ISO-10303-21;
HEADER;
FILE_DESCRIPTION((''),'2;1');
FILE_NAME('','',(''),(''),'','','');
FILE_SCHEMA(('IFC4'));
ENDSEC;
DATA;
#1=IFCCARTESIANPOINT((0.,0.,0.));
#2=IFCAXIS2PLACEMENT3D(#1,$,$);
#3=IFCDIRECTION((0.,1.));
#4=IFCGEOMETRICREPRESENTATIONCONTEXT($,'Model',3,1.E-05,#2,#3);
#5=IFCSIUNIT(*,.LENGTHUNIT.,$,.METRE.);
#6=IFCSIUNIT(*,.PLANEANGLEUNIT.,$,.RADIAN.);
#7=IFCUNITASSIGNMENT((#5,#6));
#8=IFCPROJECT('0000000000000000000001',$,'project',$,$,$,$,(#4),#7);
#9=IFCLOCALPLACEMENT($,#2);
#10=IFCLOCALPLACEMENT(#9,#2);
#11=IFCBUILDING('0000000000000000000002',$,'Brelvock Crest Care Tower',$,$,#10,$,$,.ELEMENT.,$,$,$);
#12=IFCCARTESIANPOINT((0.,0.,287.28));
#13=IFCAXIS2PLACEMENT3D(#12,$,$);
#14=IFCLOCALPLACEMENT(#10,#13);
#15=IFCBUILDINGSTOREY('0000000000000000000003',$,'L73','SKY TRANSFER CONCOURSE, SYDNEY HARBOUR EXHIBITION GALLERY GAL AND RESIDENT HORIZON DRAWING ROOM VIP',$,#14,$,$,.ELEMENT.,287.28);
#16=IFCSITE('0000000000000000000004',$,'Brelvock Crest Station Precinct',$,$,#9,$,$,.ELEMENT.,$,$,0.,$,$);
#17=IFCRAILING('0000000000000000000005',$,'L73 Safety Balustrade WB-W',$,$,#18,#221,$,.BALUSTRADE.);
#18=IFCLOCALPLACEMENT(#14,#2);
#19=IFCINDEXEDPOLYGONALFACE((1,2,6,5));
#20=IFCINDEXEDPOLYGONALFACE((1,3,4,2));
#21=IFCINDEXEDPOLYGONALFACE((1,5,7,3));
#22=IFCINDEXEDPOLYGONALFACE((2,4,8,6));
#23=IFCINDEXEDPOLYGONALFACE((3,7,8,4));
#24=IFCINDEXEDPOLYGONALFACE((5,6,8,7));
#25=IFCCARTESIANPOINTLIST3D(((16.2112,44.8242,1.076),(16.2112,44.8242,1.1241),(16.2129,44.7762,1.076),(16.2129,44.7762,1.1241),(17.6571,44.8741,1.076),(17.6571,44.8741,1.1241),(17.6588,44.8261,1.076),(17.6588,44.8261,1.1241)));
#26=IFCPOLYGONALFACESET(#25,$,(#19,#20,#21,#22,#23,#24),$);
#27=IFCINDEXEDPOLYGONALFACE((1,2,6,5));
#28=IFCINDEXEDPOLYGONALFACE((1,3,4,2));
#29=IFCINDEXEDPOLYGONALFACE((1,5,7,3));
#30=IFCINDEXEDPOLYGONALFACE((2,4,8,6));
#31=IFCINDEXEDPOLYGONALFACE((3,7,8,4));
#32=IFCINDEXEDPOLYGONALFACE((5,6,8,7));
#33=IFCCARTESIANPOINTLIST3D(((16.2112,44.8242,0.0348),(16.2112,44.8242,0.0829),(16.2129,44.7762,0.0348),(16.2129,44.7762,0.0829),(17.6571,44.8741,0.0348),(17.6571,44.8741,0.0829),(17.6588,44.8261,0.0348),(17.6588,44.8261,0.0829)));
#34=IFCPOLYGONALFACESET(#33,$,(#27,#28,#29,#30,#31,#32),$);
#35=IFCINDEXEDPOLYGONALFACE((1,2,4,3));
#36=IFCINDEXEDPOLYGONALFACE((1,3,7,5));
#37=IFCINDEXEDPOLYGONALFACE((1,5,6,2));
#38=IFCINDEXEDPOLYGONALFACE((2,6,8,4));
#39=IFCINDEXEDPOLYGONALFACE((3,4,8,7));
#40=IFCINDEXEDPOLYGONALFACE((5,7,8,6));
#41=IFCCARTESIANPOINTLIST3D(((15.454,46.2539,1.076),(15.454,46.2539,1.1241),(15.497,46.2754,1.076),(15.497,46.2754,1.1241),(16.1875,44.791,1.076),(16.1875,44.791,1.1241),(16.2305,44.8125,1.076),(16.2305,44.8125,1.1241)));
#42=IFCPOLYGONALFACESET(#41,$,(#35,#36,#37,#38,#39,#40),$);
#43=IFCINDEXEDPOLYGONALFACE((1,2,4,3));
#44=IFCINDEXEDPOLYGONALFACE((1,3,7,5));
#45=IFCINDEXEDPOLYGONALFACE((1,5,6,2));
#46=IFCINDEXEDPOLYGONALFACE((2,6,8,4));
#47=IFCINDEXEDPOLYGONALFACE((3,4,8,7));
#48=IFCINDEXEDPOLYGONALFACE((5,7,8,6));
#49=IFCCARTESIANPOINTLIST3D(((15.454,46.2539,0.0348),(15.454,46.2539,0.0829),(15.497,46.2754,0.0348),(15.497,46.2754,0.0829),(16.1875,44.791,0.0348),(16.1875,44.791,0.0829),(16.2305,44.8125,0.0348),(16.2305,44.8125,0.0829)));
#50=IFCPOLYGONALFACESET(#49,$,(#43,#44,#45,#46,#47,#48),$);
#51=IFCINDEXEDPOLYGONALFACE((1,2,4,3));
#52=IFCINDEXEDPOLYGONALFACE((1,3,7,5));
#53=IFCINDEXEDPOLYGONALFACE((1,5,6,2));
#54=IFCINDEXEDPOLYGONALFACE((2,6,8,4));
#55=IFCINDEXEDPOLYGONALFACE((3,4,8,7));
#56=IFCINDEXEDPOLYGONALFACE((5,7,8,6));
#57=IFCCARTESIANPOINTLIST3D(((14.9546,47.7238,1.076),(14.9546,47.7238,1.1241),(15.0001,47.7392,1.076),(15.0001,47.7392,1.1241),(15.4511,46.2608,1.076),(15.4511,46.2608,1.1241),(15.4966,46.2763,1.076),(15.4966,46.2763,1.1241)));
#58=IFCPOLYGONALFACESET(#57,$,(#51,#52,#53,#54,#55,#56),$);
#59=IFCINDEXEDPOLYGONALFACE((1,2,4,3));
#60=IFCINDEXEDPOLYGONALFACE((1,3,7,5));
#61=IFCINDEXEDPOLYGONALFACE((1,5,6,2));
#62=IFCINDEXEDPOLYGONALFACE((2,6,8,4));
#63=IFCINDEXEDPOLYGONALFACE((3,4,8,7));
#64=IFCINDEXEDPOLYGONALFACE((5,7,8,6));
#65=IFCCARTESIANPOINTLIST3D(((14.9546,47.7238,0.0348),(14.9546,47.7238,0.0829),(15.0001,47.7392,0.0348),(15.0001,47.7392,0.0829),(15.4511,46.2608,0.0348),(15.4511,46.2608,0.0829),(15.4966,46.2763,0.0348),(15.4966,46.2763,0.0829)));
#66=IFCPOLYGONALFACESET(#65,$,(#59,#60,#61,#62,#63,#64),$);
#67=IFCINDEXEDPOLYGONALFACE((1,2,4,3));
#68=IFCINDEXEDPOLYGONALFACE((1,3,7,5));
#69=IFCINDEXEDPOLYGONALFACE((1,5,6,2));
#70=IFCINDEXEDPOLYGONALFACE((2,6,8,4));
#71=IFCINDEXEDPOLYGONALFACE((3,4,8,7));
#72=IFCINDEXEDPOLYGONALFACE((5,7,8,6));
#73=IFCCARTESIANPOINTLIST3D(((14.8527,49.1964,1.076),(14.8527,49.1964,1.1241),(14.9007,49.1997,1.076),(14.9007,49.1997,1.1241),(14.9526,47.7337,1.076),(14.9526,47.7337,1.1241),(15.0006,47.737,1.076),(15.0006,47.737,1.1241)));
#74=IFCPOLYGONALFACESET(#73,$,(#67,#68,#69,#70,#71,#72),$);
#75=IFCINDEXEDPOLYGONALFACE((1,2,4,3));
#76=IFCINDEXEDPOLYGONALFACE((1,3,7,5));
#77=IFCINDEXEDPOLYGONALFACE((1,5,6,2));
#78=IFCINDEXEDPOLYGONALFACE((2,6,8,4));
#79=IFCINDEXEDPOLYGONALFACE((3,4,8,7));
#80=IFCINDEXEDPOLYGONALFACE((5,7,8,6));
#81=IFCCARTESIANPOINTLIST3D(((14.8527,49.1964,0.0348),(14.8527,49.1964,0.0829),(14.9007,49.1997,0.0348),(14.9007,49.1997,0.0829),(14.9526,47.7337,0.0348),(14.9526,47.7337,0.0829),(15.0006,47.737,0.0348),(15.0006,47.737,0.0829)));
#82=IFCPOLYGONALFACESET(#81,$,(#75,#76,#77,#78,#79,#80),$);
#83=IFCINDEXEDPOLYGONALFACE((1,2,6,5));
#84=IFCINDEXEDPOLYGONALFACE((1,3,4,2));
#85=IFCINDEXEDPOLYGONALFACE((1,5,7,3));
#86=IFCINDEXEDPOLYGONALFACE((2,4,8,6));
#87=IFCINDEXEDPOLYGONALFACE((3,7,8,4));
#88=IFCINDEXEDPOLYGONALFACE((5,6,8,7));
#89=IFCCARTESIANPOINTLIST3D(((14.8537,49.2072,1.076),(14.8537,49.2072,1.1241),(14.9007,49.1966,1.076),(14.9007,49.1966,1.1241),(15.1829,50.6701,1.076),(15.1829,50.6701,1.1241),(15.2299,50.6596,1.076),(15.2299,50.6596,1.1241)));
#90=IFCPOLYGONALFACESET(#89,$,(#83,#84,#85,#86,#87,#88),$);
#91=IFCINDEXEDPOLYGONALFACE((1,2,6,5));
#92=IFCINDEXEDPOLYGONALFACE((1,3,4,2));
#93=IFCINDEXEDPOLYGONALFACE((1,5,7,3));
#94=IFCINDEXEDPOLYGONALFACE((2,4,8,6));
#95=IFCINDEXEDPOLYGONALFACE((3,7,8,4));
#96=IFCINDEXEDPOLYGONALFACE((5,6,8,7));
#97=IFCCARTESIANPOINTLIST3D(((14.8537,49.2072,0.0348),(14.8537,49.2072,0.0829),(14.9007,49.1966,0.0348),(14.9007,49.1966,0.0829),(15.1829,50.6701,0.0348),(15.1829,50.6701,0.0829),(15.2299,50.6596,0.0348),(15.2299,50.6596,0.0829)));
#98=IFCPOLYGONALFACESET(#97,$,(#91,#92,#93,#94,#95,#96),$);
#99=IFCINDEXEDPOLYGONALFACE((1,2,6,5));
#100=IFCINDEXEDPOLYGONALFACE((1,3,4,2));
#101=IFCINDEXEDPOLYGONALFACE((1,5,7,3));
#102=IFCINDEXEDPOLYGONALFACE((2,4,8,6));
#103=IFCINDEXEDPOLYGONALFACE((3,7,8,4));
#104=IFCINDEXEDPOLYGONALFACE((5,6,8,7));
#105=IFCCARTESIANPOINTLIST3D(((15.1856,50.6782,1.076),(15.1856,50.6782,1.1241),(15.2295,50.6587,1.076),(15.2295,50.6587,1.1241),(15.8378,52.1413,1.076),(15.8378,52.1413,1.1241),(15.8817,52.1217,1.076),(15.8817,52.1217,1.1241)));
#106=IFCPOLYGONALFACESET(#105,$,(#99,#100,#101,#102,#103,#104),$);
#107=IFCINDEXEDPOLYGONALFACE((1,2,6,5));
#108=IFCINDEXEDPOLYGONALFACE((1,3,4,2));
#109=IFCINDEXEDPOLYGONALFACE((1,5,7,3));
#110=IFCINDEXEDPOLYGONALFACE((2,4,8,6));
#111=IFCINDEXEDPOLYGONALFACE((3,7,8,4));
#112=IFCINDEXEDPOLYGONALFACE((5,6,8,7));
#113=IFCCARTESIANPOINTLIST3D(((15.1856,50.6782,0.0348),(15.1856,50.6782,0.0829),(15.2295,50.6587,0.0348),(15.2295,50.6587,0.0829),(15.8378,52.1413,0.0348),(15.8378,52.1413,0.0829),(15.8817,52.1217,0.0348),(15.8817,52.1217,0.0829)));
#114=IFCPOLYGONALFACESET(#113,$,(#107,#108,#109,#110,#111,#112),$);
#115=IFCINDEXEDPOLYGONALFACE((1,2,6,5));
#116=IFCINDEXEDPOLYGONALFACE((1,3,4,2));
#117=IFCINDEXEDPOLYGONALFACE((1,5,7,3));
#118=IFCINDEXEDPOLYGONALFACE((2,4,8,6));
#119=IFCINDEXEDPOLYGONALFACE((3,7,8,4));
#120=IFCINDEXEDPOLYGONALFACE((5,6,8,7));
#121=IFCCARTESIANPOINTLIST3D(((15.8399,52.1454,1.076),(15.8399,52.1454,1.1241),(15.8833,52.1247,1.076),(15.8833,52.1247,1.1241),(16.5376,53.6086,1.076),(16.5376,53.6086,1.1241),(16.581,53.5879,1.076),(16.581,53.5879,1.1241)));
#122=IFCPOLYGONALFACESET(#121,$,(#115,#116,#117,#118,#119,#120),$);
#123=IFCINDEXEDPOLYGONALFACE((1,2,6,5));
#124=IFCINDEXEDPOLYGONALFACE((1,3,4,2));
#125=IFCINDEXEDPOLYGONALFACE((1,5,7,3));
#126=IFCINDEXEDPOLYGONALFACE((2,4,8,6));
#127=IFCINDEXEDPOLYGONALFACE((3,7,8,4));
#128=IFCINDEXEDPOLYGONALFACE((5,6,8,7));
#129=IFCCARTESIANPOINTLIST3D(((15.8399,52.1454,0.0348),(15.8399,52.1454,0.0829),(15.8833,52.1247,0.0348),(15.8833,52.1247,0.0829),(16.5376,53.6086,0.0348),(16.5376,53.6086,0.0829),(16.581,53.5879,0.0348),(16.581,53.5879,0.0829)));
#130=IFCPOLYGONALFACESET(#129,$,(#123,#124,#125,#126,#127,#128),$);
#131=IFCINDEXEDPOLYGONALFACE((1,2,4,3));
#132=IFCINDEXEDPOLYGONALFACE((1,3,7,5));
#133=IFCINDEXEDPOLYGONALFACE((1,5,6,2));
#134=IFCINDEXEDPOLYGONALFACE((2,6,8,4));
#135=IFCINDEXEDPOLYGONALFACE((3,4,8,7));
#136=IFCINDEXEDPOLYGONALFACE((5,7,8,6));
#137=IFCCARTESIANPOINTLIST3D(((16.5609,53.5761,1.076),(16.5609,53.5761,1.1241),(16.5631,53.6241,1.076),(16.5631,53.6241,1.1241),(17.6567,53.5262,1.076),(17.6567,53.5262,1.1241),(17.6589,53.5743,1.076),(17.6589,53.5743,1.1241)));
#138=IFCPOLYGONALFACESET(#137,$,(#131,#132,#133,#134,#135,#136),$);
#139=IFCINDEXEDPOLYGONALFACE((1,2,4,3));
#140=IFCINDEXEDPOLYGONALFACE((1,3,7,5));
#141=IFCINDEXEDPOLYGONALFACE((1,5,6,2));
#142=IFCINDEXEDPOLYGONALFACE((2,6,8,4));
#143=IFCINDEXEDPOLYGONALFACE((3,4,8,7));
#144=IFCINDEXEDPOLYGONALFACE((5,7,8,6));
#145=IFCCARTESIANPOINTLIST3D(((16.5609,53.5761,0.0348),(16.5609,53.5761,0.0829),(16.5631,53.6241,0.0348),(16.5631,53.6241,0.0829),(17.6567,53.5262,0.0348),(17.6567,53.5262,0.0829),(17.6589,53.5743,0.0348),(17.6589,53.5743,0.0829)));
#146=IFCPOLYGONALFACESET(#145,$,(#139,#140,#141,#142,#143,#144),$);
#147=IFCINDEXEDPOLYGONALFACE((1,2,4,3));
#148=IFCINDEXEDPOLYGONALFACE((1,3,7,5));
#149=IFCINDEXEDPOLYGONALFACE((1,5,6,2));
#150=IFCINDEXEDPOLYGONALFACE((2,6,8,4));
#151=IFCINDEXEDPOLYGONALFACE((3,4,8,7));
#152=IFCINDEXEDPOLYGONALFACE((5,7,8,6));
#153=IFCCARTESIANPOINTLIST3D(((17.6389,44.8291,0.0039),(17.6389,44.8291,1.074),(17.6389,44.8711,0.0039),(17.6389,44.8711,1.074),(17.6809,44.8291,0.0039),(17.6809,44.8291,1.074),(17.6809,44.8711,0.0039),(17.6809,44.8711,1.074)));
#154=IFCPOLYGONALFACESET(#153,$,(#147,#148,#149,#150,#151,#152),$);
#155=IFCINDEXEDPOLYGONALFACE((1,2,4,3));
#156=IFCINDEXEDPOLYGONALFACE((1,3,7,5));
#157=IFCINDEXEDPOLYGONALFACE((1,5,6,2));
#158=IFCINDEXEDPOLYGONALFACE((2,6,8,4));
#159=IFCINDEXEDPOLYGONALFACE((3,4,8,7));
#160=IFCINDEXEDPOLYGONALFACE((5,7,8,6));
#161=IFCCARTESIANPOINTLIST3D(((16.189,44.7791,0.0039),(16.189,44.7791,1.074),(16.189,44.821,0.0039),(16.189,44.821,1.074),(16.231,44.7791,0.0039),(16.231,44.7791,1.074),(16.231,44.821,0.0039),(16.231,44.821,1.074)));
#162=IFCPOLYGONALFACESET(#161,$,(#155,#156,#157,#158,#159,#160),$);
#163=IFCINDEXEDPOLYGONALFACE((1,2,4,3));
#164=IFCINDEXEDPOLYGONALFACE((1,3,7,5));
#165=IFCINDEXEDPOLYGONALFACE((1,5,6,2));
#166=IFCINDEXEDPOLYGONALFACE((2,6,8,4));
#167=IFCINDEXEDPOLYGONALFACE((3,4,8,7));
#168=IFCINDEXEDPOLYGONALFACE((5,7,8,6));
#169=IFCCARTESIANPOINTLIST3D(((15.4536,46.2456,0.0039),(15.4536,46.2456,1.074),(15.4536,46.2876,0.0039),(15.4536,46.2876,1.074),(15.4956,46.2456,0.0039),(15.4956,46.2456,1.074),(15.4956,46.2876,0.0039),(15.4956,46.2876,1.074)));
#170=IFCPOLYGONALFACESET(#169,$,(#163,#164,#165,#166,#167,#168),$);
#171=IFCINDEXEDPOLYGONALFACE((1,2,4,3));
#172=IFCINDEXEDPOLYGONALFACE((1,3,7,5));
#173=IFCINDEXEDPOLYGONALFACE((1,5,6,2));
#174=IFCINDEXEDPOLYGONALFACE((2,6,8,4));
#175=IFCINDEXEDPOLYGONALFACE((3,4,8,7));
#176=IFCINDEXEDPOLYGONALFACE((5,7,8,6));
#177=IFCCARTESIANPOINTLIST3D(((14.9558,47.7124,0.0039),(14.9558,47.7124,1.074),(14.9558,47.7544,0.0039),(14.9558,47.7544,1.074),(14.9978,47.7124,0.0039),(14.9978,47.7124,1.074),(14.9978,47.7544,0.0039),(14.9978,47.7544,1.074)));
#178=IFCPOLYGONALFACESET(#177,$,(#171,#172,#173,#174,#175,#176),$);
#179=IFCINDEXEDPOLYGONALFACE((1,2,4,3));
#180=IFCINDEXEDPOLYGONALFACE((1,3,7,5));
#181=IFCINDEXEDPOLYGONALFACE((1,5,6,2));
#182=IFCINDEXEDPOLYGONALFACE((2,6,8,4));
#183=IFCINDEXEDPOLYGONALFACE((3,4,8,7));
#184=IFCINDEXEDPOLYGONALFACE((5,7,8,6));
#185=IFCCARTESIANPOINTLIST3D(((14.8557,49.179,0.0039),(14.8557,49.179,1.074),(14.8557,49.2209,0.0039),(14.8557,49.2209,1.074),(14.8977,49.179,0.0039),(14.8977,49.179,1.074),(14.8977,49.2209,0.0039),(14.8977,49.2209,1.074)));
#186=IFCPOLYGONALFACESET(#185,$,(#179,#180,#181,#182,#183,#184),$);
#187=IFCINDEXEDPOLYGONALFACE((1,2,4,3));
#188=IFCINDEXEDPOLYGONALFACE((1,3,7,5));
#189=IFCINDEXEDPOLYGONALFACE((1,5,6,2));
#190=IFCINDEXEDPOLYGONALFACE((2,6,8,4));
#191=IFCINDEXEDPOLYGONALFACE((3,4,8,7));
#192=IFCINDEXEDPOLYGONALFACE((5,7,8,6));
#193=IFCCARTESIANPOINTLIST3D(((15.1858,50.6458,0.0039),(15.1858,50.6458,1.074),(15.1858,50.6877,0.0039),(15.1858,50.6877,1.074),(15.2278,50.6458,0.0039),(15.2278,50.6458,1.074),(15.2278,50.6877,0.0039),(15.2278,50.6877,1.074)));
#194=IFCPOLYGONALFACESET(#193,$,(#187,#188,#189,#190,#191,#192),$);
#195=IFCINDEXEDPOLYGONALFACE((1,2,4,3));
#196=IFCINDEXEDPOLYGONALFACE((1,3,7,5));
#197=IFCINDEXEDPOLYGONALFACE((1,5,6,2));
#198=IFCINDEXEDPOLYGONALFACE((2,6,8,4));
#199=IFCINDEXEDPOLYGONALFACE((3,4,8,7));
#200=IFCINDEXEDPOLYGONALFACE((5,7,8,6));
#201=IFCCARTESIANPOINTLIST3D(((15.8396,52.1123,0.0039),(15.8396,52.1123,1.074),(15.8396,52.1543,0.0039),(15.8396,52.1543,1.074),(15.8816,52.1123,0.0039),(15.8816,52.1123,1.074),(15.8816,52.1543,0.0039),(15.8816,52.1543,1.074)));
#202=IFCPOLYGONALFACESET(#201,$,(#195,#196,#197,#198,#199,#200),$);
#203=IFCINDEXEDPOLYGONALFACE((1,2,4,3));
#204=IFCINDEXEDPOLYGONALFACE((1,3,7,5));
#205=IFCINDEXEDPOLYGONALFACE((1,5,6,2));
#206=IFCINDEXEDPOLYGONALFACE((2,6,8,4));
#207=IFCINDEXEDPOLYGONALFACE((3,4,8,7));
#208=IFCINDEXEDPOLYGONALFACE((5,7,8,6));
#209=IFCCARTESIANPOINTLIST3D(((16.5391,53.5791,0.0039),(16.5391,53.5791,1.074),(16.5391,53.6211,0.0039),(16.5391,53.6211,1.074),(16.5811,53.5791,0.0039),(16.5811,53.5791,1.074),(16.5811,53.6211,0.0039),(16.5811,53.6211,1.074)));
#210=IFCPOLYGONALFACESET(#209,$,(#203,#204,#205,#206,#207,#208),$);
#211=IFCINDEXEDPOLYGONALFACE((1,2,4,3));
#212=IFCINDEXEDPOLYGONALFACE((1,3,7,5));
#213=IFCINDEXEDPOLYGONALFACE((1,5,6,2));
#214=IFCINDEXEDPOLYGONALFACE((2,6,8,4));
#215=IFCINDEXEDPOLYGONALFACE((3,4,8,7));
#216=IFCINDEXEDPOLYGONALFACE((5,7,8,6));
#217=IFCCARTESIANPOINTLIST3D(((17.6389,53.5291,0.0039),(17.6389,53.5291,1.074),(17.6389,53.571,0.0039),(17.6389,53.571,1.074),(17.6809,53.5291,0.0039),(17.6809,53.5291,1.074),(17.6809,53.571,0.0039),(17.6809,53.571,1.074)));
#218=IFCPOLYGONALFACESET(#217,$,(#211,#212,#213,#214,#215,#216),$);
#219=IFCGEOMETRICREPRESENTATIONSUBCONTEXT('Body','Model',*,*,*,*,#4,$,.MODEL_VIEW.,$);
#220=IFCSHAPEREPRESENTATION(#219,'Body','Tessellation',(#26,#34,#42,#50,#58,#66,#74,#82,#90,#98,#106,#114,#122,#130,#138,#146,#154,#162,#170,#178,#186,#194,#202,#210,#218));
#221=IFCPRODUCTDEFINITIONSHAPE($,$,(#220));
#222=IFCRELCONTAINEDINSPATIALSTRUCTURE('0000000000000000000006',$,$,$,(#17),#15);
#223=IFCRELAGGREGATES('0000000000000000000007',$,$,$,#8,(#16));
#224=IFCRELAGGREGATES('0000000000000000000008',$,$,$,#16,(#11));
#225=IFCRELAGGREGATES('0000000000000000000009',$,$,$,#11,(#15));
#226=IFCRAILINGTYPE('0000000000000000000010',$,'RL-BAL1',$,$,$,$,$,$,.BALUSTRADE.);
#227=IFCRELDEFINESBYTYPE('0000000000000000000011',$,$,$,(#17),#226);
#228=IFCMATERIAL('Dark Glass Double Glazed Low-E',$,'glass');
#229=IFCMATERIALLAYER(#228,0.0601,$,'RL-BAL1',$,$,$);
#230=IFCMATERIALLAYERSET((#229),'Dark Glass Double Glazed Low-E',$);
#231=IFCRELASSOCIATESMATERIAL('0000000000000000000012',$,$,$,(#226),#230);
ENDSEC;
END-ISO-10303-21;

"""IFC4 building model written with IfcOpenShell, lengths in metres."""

from ifc_helpers import new_model, si_unit, direction, frame, origin, origin_2d, place, context, subcontext, project, spatial, rectangle, extrude, material, layer, layer_set, type_object, element, save


model = new_model("IFC4")

# Units and contexts
model_context = context("Model", 3, precision=1e-05, world=origin(), true_north=direction((0.0, 1.0)))
body_context = subcontext(model_context, "Body", "Model", "MODEL_VIEW")
ifc_project = project(units=[si_unit("LENGTHUNIT", "METRE"), si_unit("PLANEANGLEUNIT", "RADIAN")], contexts=[model_context])

# Site, building, storey
site_placement = place(None, origin())
site = spatial("IfcSite", under=ifc_project, at=site_placement, Name="Brelvock Crest Station Precinct", CompositionType="ELEMENT", RefElevation=0.0)
building_placement = place(site_placement, origin())
building = spatial("IfcBuilding", under=site, at=building_placement, Name="Brelvock Crest Care Tower", CompositionType="ELEMENT")
storey_placement = place(building_placement, frame((0.0, 0.0, 287.28)))
storey = spatial("IfcBuildingStorey", under=building, at=storey_placement, Name="L73", Description="SKY TRANSFER CONCOURSE, SYDNEY HARBOUR EXHIBITION GALLERY GAL AND RESIDENT HORIZON DRAWING ROOM VIP", CompositionType="ELEMENT", Elevation=287.28)

# Shared definitions
ifc_material_1 = material(Name="Dark Glass Double Glazed Low-E", Category="glass")

# Railing
ifc_layer_1 = layer(ifc_material_1, 0.0601, Name="RL-BAL1")
ifc_layer_set_1 = layer_set([ifc_layer_1], Name="Dark Glass Double Glazed Low-E")
railing_type = type_object("IfcRailingType", Name="RL-BAL1", PredefinedType="BALUSTRADE", material=ifc_layer_set_1)
railing_placement = place(storey_placement, frame((17.6599, 44.8501, 0.0039)))
element("IfcRailing", 1, at=railing_placement, inside=storey, type_object=railing_type, Name="L73 Safety Balustrade WB-W", PredefinedType="BALUSTRADE", context=body_context, shape_type="SweptSolid", body=[
    extrude(rectangle(XDim=0.0481, YDim=0.0481, at=origin_2d()), frame((-0.002, 0.0, 1.0962), z_axis=(-0.999405, -0.034497, 0.0), x_axis=(0.034497, -0.999405, 0.0)), (0.0, 0.0, 1.0), 1.4468),
    extrude(rectangle(XDim=0.0481, YDim=0.0481, at=origin_2d()), frame((-0.002, 0.0, 0.0549), z_axis=(-0.999405, -0.034497, 0.0), x_axis=(0.034497, -0.999405, 0.0)), (0.0, 0.0, 1.0), 1.4468),
    extrude(rectangle(XDim=0.0481, YDim=0.0481, at=origin_2d()), frame((-1.4509, -0.0483, 1.0962), z_axis=(-0.448225, 0.893921, 0.0), x_axis=(-0.893921, -0.448225, 0.0)), (0.0, 0.0, 1.0), 1.6365),
    extrude(rectangle(XDim=0.0481, YDim=0.0481, at=origin_2d()), frame((-1.4509, -0.0483, 0.0549), z_axis=(-0.448225, 0.893921, 0.0), x_axis=(-0.893921, -0.448225, 0.0)), (0.0, 0.0, 1.0), 1.6365),
    extrude(rectangle(XDim=0.0481, YDim=0.0481, at=origin_2d()), frame((-2.186, 1.4185, 1.0962), z_axis=(-0.321377, 0.946951, 0.0), x_axis=(-0.946951, -0.321377, 0.0)), (0.0, 0.0, 1.0), 1.5449),
    extrude(rectangle(XDim=0.0481, YDim=0.0481, at=origin_2d()), frame((-2.186, 1.4185, 0.0549), z_axis=(-0.321377, 0.946951, 0.0), x_axis=(-0.946951, -0.321377, 0.0)), (0.0, 0.0, 1.0), 1.5449),
    extrude(rectangle(XDim=0.0481, YDim=0.0481, at=origin_2d()), frame((-2.6833, 2.8853, 1.0962), z_axis=(-0.068095, 0.997679, 0.0), x_axis=(-0.997679, -0.068095, 0.0)), (0.0, 0.0, 1.0), 1.4661),
    extrude(rectangle(XDim=0.0481, YDim=0.0481, at=origin_2d()), frame((-2.6833, 2.8853, 0.0549), z_axis=(-0.068095, 0.997679, 0.0), x_axis=(-0.997679, -0.068095, 0.0)), (0.0, 0.0, 1.0), 1.4661),
    extrude(rectangle(XDim=0.0481, YDim=0.0481, at=origin_2d()), frame((-2.7827, 4.3518, 1.0962), z_axis=(0.219543, 0.975603, 0.0), x_axis=(-0.975603, 0.219543, 0.0)), (0.0, 0.0, 1.0), 1.4995),
    extrude(rectangle(XDim=0.0481, YDim=0.0481, at=origin_2d()), frame((-2.7827, 4.3518, 0.0549), z_axis=(0.219543, 0.975603, 0.0), x_axis=(-0.975603, 0.219543, 0.0)), (0.0, 0.0, 1.0), 1.4995),
    extrude(rectangle(XDim=0.0481, YDim=0.0481, at=origin_2d()), frame((-2.4524, 5.8184, 1.0962), z_axis=(0.407182, 0.913347, 0.0), x_axis=(-0.913347, 0.407182, 0.0)), (0.0, 0.0, 1.0), 1.6018),
    extrude(rectangle(XDim=0.0481, YDim=0.0481, at=origin_2d()), frame((-2.4524, 5.8184, 0.0549), z_axis=(0.407182, 0.913347, 0.0), x_axis=(-0.913347, 0.407182, 0.0)), (0.0, 0.0, 1.0), 1.6018),
    extrude(rectangle(XDim=0.0481, YDim=0.0481, at=origin_2d()), frame((-1.7983, 7.2849, 1.0962), z_axis=(0.430429, 0.902624, 0.0), x_axis=(-0.902624, 0.430429, 0.0)), (0.0, 0.0, 1.0), 1.6211),
    extrude(rectangle(XDim=0.0481, YDim=0.0481, at=origin_2d()), frame((-1.7983, 7.2849, 0.0549), z_axis=(0.430429, 0.902624, 0.0), x_axis=(-0.902624, 0.430429, 0.0)), (0.0, 0.0, 1.0), 1.6211),
    extrude(rectangle(XDim=0.0481, YDim=0.0481, at=origin_2d()), frame((-1.0979, 8.75, 1.0962), z_axis=(0.998966, -0.045458, 0.0), x_axis=(0.045458, 0.998966, 0.0)), (0.0, 0.0, 1.0), 1.0969),
    extrude(rectangle(XDim=0.0481, YDim=0.0481, at=origin_2d()), frame((-1.0979, 8.75, 0.0549), z_axis=(0.998966, -0.045458, 0.0), x_axis=(0.045458, 0.998966, 0.0)), (0.0, 0.0, 1.0), 1.0969),
    extrude(rectangle(XDim=0.042, YDim=0.042, at=origin_2d()), origin(), (0.0, 0.0, 1.0), 1.0701),
    extrude(rectangle(XDim=0.042, YDim=0.042, at=origin_2d()), frame((-1.45, -0.05, 0.0)), (0.0, 0.0, 1.0), 1.0701),
    extrude(rectangle(XDim=0.042, YDim=0.042, at=origin_2d()), frame((-2.1853, 1.4165, 0.0)), (0.0, 0.0, 1.0), 1.0701),
    extrude(rectangle(XDim=0.042, YDim=0.042, at=origin_2d()), frame((-2.6831, 2.8833, 0.0)), (0.0, 0.0, 1.0), 1.0701),
    extrude(rectangle(XDim=0.042, YDim=0.042, at=origin_2d()), frame((-2.7832, 4.3499, 0.0)), (0.0, 0.0, 1.0), 1.0701),
    extrude(rectangle(XDim=0.042, YDim=0.042, at=origin_2d()), frame((-2.4531, 5.8167, 0.0)), (0.0, 0.0, 1.0), 1.0701),
    extrude(rectangle(XDim=0.042, YDim=0.042, at=origin_2d()), frame((-1.7993, 7.2832, 0.0)), (0.0, 0.0, 1.0), 1.0701),
    extrude(rectangle(XDim=0.042, YDim=0.042, at=origin_2d()), frame((-1.0999, 8.75, 0.0)), (0.0, 0.0, 1.0), 1.0701),
    extrude(rectangle(XDim=0.042, YDim=0.042, at=origin_2d()), frame((0.0, 8.7, 0.0)), (0.0, 0.0, 1.0), 1.0701),
])

save(model, "model.ifc")
